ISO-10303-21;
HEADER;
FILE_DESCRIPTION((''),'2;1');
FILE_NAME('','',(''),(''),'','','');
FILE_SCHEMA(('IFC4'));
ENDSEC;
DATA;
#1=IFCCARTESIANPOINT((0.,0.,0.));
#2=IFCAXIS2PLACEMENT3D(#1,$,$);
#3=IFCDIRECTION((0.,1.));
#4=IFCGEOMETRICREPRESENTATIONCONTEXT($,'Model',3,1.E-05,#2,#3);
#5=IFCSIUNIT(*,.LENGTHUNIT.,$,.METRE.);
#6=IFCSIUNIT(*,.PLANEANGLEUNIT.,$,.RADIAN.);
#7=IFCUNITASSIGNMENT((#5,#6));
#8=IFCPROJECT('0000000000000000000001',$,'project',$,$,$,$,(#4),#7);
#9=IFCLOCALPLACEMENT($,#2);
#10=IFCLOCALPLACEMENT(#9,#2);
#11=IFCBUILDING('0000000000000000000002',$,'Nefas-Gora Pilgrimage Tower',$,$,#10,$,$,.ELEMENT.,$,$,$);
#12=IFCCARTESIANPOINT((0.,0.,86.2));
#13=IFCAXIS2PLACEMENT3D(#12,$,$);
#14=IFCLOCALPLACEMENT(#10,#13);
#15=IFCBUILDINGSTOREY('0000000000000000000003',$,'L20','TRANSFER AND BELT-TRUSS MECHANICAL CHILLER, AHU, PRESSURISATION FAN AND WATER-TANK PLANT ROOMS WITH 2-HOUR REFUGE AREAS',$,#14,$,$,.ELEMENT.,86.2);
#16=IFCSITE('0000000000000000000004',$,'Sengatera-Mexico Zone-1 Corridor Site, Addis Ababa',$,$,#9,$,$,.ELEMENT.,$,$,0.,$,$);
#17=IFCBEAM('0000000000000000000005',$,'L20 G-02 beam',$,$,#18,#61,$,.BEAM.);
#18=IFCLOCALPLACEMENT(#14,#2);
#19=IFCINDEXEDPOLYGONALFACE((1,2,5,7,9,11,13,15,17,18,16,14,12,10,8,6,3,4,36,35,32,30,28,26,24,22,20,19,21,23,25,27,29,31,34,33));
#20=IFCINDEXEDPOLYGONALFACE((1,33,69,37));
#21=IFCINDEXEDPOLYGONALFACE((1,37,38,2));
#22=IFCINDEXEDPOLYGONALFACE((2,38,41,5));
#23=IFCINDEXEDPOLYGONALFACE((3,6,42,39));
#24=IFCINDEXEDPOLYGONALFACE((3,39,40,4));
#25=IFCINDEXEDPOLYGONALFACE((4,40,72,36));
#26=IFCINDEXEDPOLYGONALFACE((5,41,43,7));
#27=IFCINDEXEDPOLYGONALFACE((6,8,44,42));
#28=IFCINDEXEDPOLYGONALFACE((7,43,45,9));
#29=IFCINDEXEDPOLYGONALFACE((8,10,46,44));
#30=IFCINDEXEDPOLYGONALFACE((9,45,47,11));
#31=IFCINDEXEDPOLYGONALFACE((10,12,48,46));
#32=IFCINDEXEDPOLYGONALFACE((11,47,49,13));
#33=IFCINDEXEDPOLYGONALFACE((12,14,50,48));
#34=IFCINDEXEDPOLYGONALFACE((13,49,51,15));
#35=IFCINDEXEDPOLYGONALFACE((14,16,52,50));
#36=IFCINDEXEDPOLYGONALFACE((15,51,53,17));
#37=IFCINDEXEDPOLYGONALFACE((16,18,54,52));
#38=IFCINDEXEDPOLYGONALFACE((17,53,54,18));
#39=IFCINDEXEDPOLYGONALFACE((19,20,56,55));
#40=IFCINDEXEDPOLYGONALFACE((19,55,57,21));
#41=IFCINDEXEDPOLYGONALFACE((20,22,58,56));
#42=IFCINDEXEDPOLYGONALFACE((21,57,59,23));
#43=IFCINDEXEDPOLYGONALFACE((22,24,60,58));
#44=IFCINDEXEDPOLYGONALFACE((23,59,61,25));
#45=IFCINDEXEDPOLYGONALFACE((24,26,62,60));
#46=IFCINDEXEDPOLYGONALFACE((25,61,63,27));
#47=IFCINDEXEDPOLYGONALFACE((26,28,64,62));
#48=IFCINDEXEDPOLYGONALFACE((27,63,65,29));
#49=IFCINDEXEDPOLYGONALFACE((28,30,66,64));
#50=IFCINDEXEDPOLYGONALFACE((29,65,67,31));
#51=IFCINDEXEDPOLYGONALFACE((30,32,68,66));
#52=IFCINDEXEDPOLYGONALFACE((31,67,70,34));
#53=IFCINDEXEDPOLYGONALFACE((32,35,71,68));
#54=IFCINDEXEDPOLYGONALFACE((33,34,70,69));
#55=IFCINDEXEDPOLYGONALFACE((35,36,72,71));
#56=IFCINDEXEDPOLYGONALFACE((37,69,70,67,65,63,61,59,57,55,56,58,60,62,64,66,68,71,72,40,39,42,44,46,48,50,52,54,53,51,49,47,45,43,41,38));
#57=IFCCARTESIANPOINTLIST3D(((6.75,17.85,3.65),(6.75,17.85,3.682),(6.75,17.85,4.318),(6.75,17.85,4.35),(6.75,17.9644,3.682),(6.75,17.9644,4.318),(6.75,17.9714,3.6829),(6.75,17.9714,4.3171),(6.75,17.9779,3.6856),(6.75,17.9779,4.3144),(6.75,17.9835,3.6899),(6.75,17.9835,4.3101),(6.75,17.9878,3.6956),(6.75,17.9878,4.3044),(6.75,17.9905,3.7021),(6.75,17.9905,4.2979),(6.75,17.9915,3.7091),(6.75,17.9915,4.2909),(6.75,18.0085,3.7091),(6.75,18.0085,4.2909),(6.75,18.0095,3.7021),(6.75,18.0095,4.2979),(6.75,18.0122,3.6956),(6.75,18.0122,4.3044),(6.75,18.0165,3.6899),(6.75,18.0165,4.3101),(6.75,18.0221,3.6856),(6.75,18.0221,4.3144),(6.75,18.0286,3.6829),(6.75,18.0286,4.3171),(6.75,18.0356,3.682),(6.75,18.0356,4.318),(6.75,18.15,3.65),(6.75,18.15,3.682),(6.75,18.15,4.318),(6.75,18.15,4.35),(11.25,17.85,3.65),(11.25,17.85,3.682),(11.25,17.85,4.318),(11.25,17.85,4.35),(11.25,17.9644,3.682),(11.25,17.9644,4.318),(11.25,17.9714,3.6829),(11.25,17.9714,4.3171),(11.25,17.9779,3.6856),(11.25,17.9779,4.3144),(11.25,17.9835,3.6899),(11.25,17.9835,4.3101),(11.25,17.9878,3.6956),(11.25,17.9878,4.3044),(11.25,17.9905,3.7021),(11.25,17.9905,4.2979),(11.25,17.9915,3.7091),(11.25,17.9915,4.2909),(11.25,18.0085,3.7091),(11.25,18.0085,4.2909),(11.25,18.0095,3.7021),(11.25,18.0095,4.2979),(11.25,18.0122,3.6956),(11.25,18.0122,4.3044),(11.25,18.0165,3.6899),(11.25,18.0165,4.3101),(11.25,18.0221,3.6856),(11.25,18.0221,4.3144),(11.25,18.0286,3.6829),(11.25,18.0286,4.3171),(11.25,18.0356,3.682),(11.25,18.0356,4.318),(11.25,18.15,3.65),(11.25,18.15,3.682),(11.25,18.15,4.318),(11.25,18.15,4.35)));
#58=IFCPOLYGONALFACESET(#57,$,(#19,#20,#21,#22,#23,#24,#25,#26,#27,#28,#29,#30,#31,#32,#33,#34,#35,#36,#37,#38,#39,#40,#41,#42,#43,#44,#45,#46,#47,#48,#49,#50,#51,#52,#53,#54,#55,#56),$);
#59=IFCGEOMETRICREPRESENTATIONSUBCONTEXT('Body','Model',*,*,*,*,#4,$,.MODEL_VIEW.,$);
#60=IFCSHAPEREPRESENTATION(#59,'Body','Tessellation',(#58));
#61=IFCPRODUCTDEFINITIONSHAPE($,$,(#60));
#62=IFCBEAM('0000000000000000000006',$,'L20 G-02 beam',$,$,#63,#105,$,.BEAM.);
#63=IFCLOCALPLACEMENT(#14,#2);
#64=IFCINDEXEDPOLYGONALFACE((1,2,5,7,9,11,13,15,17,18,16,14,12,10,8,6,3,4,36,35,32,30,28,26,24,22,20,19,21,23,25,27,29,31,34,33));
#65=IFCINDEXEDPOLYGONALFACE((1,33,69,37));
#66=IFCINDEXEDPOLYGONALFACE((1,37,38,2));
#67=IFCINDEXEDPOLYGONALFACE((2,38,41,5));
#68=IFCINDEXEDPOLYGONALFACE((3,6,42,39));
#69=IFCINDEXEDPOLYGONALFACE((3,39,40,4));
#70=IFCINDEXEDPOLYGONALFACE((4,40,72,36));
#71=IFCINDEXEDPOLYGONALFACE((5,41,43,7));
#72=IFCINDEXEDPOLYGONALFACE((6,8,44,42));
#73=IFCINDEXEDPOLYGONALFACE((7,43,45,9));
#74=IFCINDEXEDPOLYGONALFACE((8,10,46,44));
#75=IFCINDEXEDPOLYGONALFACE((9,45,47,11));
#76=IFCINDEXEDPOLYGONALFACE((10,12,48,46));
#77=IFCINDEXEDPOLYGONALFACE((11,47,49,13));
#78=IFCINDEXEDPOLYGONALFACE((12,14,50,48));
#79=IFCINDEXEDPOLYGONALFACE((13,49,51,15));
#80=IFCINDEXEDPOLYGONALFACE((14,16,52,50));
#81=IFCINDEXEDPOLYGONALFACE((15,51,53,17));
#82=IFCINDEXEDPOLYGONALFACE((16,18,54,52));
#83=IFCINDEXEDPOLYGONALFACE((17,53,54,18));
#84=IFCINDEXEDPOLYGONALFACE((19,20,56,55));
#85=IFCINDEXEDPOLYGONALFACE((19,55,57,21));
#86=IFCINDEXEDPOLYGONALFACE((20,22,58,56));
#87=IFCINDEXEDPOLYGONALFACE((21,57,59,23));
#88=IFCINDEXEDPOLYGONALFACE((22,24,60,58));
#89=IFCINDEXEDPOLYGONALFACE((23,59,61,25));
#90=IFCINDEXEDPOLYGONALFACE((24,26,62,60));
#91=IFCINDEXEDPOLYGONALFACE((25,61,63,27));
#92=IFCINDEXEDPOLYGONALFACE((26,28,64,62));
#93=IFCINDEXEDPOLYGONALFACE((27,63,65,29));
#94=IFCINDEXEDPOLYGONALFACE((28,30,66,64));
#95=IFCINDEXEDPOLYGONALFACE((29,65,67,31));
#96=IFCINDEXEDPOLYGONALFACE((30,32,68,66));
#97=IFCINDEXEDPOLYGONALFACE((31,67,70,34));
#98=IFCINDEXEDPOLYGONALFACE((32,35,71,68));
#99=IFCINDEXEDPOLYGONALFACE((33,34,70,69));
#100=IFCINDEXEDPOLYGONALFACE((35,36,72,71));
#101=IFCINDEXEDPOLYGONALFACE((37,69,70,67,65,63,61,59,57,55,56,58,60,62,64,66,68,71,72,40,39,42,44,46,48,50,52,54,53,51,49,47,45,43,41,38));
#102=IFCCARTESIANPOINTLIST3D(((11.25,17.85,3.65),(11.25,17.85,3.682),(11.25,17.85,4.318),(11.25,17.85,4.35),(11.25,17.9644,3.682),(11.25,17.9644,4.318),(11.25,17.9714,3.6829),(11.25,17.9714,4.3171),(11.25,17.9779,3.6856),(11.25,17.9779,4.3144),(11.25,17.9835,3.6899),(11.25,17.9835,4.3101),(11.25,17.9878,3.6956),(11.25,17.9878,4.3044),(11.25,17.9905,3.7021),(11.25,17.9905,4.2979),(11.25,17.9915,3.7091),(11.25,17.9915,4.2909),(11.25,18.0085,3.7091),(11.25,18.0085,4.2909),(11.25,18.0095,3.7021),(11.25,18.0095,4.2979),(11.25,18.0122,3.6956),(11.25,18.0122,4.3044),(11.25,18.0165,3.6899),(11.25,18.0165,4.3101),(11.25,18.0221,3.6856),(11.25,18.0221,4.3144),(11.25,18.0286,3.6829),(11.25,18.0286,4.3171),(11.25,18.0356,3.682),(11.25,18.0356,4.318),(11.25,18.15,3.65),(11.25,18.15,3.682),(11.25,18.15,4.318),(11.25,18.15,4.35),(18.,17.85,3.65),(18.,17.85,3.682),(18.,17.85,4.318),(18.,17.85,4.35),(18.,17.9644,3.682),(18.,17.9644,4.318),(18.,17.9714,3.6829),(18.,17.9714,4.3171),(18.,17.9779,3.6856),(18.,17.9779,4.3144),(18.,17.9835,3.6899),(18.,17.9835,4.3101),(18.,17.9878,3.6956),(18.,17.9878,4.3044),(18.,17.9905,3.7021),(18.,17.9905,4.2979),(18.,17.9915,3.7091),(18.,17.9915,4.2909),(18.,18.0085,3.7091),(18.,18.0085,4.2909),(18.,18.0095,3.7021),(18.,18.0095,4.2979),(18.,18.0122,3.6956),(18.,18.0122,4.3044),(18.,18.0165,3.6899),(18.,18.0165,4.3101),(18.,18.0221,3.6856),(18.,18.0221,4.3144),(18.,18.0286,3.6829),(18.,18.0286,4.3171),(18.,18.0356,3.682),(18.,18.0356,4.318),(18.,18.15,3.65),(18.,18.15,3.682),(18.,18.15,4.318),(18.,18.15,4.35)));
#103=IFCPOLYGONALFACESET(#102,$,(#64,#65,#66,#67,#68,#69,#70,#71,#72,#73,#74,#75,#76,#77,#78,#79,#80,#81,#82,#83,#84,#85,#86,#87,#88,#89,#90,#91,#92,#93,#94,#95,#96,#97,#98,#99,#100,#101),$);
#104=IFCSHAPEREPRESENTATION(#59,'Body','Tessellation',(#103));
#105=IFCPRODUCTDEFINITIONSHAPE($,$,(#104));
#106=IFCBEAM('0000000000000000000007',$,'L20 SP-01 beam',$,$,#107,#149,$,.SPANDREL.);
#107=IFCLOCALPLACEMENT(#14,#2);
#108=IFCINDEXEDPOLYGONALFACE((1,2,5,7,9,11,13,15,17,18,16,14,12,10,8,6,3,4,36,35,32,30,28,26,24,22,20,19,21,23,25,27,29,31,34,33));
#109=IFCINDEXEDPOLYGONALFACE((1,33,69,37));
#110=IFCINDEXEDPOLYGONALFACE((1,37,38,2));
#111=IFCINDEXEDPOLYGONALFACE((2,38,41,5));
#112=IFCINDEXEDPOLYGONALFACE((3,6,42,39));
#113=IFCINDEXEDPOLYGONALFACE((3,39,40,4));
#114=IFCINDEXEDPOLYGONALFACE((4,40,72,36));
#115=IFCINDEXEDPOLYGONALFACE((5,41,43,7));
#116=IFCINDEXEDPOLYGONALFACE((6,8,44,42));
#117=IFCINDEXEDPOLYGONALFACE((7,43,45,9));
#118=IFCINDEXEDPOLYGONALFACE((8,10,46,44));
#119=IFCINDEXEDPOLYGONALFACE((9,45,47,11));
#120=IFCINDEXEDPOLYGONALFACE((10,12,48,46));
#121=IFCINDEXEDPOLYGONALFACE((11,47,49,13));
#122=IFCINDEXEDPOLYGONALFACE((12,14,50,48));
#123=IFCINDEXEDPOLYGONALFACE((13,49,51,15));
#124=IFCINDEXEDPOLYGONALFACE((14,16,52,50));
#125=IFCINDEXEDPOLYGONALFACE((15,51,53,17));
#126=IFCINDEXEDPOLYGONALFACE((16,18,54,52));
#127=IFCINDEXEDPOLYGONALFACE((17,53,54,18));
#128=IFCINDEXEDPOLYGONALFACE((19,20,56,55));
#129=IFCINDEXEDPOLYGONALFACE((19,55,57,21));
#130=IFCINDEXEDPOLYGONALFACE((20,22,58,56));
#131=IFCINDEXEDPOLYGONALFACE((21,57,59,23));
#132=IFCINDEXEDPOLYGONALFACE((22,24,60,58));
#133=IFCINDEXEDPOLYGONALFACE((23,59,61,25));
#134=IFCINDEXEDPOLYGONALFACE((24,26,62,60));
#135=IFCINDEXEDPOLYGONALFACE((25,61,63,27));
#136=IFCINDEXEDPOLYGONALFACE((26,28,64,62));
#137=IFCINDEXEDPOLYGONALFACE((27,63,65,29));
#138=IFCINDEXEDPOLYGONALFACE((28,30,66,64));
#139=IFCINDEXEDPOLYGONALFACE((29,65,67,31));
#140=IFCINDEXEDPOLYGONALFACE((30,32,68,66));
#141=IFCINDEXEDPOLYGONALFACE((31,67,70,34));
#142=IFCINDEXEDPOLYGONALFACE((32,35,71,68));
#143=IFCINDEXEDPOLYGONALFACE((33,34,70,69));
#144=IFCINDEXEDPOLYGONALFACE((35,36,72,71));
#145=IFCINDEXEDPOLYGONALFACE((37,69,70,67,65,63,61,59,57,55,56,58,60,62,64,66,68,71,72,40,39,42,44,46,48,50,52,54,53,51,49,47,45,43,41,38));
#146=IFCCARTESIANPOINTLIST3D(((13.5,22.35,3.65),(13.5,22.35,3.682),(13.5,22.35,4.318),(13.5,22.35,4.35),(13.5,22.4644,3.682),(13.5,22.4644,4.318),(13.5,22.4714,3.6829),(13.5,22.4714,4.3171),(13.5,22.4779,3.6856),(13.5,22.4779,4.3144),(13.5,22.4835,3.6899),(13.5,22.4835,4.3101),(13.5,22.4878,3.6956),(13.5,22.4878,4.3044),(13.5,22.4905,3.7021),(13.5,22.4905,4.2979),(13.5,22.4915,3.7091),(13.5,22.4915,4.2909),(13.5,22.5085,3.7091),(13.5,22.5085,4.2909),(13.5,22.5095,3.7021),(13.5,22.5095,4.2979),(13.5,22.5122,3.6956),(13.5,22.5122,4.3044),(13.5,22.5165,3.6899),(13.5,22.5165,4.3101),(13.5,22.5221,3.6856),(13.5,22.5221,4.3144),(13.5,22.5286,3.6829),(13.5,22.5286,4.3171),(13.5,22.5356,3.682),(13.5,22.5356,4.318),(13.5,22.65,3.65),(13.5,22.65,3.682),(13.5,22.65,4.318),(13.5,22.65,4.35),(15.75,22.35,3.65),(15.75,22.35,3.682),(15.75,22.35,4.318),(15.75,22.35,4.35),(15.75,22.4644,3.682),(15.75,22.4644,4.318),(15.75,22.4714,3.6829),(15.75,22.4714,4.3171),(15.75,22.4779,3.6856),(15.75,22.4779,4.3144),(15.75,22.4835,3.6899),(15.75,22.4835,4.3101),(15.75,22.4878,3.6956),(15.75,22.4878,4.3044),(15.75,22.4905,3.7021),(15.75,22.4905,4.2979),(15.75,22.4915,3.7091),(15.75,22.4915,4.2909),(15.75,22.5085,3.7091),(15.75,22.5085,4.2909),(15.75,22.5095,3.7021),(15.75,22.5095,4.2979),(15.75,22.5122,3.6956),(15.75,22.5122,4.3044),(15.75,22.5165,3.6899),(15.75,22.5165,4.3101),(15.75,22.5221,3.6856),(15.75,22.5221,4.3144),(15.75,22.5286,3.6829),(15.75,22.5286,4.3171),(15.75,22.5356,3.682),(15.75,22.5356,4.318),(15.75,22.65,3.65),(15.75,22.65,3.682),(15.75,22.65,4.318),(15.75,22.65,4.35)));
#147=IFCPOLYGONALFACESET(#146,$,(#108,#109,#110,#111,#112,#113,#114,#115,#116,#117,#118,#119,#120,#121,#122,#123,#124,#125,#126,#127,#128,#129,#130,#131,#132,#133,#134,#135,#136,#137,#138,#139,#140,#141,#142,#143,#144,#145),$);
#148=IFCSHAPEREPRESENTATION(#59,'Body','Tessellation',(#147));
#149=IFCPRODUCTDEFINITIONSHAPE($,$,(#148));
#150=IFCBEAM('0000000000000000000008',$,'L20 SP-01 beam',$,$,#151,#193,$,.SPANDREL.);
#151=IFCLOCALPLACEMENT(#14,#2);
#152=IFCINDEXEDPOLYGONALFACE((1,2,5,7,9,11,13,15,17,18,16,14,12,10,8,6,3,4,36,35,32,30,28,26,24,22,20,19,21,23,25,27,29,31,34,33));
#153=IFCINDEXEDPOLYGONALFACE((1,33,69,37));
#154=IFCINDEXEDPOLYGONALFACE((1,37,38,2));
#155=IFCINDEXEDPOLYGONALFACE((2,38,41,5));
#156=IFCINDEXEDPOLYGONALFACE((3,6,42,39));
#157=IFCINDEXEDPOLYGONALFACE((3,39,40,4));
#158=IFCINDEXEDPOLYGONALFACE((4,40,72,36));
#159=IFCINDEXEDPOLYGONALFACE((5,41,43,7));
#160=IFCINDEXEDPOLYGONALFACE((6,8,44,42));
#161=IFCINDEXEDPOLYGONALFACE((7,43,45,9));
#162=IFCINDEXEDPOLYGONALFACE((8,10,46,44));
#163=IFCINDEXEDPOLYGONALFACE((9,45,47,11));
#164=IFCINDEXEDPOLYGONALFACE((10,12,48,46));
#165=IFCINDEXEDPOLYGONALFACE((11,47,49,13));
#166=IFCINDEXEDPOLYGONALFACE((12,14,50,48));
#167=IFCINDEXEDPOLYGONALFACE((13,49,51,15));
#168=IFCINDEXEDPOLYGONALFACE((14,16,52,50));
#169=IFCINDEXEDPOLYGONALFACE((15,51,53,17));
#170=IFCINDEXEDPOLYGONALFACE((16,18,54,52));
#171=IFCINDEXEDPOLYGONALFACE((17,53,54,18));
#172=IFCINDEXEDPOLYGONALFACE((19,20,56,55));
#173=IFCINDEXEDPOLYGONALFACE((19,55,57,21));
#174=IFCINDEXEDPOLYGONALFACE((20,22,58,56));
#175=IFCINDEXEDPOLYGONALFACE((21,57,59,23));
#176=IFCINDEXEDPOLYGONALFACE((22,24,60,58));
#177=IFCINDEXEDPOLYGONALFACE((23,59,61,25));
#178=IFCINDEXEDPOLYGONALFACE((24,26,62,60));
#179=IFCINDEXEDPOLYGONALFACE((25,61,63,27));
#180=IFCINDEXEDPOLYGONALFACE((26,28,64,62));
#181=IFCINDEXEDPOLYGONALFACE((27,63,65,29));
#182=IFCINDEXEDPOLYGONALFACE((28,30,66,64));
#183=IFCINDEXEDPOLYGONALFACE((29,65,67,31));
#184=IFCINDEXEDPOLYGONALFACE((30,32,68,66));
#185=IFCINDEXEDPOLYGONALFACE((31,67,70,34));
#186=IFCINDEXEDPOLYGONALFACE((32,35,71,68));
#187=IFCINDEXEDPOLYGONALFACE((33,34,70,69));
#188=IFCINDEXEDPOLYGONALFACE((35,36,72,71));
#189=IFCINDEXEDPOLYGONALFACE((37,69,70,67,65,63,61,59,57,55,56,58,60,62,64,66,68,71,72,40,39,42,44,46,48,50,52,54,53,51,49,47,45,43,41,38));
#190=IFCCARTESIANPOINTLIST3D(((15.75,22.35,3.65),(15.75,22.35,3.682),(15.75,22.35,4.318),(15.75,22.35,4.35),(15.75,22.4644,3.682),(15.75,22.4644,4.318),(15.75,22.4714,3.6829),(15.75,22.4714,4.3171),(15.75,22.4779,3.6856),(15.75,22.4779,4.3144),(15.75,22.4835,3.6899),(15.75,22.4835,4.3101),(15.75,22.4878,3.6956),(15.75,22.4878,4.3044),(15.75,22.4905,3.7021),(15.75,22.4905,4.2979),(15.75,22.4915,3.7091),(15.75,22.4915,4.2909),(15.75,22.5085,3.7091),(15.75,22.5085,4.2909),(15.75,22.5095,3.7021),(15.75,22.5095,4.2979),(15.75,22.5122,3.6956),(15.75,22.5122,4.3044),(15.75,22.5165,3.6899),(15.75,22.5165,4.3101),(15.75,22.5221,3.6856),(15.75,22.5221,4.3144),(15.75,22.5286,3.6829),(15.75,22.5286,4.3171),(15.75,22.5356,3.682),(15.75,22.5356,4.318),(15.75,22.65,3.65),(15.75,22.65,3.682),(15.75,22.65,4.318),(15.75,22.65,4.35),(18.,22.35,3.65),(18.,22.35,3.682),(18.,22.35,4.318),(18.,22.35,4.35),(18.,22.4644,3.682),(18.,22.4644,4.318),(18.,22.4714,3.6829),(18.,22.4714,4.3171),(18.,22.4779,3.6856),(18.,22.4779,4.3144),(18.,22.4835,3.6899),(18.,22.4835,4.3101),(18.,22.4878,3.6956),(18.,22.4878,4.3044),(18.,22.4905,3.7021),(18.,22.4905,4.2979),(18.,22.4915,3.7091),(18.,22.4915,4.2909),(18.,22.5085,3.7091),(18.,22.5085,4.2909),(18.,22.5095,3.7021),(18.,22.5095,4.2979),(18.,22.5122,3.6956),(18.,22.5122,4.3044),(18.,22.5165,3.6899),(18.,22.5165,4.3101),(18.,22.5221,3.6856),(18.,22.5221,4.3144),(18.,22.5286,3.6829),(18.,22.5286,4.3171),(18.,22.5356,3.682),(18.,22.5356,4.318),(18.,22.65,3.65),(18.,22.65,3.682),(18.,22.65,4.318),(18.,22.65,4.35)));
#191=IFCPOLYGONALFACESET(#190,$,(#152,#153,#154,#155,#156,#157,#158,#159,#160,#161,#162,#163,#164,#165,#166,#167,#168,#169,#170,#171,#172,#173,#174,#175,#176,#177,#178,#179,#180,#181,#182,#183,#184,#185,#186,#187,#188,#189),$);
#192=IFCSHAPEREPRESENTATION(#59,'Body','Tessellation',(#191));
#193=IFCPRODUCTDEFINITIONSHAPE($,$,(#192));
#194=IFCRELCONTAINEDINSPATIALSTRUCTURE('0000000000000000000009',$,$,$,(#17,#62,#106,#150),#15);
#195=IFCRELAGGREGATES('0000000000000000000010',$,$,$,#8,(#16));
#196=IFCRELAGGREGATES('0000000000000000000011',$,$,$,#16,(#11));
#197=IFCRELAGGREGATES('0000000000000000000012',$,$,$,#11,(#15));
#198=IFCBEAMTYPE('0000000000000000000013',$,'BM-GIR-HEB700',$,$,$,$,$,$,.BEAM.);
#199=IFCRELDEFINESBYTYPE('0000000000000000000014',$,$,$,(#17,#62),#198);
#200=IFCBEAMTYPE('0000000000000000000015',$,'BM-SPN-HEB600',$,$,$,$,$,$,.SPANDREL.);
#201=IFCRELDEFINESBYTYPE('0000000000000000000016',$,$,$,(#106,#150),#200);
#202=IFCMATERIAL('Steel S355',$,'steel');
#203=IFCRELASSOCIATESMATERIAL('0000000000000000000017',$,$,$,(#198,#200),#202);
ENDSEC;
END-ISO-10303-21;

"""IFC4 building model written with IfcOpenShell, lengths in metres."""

from ifc_helpers import new_model, si_unit, direction, frame, origin, origin_2d, place, context, subcontext, project, spatial, i_section, extrude, source, transform, mapped, material, material_profile, profile_set, type_object, element, save


model = new_model("IFC4")

# Units and contexts
model_context = context("Model", 3, precision=1e-05, world=origin(), true_north=direction((0.0, 1.0)))
body_context = subcontext(model_context, "Body", "Model", "MODEL_VIEW")
ifc_project = project(units=[si_unit("LENGTHUNIT", "METRE"), si_unit("PLANEANGLEUNIT", "RADIAN")], contexts=[model_context])

# Site, building, storey
site_placement = place(None, origin())
site = spatial("IfcSite", under=ifc_project, at=site_placement, Name="Sengatera-Mexico Zone-1 Corridor Site, Addis Ababa", CompositionType="ELEMENT", RefElevation=0.0)
building_placement = place(site_placement, origin())
building = spatial("IfcBuilding", under=site, at=building_placement, Name="Nefas-Gora Pilgrimage Tower", CompositionType="ELEMENT")
storey_placement = place(building_placement, frame((0.0, 0.0, 86.2)))
storey = spatial("IfcBuildingStorey", under=building, at=storey_placement, Name="L20", Description="TRANSFER AND BELT-TRUSS MECHANICAL CHILLER, AHU, PRESSURISATION FAN AND WATER-TANK PLANT ROOMS WITH 2-HOUR REFUGE AREAS", CompositionType="ELEMENT", Elevation=86.2)

# Beams
ifc_material_1 = material(Name="Steel S355", Category="steel")
ifc_material_profile_1 = material_profile(ifc_material_1, i_section(OverallWidth=0.3, OverallDepth=0.7, WebThickness=0.0171, FlangeThickness=0.032, FilletRadius=0.0271, at=origin_2d()), Name="HEB 700")
ifc_profile_set_1 = profile_set([ifc_material_profile_1], Name="Steel S355")
beam_type_1 = type_object("IfcBeamType", Name="BM-GIR-HEB700", PredefinedType="BEAM", material=ifc_profile_set_1)
shared_shape_1 = source(origin(), body_context, "Body", "SweptSolid", [
    extrude(i_section(OverallWidth=0.3, OverallDepth=0.7, WebThickness=0.0171, FlangeThickness=0.032, FilletRadius=0.0271, at=origin_2d()), origin(), (0.0, 0.0, 1.0), 4.5),
])
for number, where, z_axis, x_axis, name in (
    (1, (6.75, 18.0, 4.0), (1.0, 0.0, 0.0), (0.0, 1.0, 0.0), "L20 G-02 beam"),
):
    element("IfcBeam", number, at=place(storey_placement, frame(where, z_axis=z_axis, x_axis=x_axis)), inside=storey, type_object=beam_type_1, Name=name, PredefinedType="BEAM", context=body_context, shape_type="MappedRepresentation", body=[
        mapped(shared_shape_1, transform((0.0, 0.0, 0.0), x_axis=(1.0, 0.0, 0.0), y_axis=(0.0, 1.0, 0.0), z_axis=(0.0, 0.0, 1.0), scale=1.0)),
    ])
shared_shape_2 = source(origin(), body_context, "Body", "SweptSolid", [
    extrude(i_section(OverallWidth=0.3, OverallDepth=0.7, WebThickness=0.0171, FlangeThickness=0.032, FilletRadius=0.0271, at=origin_2d()), origin(), (0.0, 0.0, 1.0), 6.75),
])
beam_1_placement = place(storey_placement, frame((11.25, 18.0, 4.0), z_axis=(1.0, 0.0, 0.0), x_axis=(0.0, 1.0, 0.0)))
element("IfcBeam", 2, at=beam_1_placement, inside=storey, type_object=beam_type_1, Name="L20 G-02 beam", PredefinedType="BEAM", context=body_context, shape_type="MappedRepresentation", body=[
    mapped(shared_shape_2, transform((0.0, 0.0, 0.0), x_axis=(1.0, 0.0, 0.0), y_axis=(0.0, 1.0, 0.0), z_axis=(0.0, 0.0, 1.0), scale=1.0)),
])
ifc_material_profile_2 = material_profile(ifc_material_1, i_section(OverallWidth=0.3, OverallDepth=0.7, WebThickness=0.0171, FlangeThickness=0.032, FilletRadius=0.0271, at=origin_2d()), Name="HEB 700")
ifc_profile_set_2 = profile_set([ifc_material_profile_2], Name="Steel S355")
beam_type_2 = type_object("IfcBeamType", Name="BM-SPN-HEB600", PredefinedType="SPANDREL", material=ifc_profile_set_2)
shared_shape_3 = source(origin(), body_context, "Body", "SweptSolid", [
    extrude(i_section(OverallWidth=0.3, OverallDepth=0.7, WebThickness=0.0171, FlangeThickness=0.032, FilletRadius=0.0271, at=origin_2d()), origin(), (0.0, 0.0, 1.0), 2.25),
])
for number, where, z_axis, x_axis, name in (
    (3, (13.5, 22.5, 4.0), (1.0, 0.0, 0.0), (0.0, 1.0, 0.0), "L20 SP-01 beam"),
    (4, (15.75, 22.5, 4.0), (1.0, 0.0, 0.0), (0.0, 1.0, 0.0), "L20 SP-01 beam"),
):
    element("IfcBeam", number, at=place(storey_placement, frame(where, z_axis=z_axis, x_axis=x_axis)), inside=storey, type_object=beam_type_2, Name=name, PredefinedType="SPANDREL", context=body_context, shape_type="MappedRepresentation", body=[
        mapped(shared_shape_3, transform((0.0, 0.0, 0.0), x_axis=(1.0, 0.0, 0.0), y_axis=(0.0, 1.0, 0.0), z_axis=(0.0, 0.0, 1.0), scale=1.0)),
    ])

save(model, "model.ifc")
